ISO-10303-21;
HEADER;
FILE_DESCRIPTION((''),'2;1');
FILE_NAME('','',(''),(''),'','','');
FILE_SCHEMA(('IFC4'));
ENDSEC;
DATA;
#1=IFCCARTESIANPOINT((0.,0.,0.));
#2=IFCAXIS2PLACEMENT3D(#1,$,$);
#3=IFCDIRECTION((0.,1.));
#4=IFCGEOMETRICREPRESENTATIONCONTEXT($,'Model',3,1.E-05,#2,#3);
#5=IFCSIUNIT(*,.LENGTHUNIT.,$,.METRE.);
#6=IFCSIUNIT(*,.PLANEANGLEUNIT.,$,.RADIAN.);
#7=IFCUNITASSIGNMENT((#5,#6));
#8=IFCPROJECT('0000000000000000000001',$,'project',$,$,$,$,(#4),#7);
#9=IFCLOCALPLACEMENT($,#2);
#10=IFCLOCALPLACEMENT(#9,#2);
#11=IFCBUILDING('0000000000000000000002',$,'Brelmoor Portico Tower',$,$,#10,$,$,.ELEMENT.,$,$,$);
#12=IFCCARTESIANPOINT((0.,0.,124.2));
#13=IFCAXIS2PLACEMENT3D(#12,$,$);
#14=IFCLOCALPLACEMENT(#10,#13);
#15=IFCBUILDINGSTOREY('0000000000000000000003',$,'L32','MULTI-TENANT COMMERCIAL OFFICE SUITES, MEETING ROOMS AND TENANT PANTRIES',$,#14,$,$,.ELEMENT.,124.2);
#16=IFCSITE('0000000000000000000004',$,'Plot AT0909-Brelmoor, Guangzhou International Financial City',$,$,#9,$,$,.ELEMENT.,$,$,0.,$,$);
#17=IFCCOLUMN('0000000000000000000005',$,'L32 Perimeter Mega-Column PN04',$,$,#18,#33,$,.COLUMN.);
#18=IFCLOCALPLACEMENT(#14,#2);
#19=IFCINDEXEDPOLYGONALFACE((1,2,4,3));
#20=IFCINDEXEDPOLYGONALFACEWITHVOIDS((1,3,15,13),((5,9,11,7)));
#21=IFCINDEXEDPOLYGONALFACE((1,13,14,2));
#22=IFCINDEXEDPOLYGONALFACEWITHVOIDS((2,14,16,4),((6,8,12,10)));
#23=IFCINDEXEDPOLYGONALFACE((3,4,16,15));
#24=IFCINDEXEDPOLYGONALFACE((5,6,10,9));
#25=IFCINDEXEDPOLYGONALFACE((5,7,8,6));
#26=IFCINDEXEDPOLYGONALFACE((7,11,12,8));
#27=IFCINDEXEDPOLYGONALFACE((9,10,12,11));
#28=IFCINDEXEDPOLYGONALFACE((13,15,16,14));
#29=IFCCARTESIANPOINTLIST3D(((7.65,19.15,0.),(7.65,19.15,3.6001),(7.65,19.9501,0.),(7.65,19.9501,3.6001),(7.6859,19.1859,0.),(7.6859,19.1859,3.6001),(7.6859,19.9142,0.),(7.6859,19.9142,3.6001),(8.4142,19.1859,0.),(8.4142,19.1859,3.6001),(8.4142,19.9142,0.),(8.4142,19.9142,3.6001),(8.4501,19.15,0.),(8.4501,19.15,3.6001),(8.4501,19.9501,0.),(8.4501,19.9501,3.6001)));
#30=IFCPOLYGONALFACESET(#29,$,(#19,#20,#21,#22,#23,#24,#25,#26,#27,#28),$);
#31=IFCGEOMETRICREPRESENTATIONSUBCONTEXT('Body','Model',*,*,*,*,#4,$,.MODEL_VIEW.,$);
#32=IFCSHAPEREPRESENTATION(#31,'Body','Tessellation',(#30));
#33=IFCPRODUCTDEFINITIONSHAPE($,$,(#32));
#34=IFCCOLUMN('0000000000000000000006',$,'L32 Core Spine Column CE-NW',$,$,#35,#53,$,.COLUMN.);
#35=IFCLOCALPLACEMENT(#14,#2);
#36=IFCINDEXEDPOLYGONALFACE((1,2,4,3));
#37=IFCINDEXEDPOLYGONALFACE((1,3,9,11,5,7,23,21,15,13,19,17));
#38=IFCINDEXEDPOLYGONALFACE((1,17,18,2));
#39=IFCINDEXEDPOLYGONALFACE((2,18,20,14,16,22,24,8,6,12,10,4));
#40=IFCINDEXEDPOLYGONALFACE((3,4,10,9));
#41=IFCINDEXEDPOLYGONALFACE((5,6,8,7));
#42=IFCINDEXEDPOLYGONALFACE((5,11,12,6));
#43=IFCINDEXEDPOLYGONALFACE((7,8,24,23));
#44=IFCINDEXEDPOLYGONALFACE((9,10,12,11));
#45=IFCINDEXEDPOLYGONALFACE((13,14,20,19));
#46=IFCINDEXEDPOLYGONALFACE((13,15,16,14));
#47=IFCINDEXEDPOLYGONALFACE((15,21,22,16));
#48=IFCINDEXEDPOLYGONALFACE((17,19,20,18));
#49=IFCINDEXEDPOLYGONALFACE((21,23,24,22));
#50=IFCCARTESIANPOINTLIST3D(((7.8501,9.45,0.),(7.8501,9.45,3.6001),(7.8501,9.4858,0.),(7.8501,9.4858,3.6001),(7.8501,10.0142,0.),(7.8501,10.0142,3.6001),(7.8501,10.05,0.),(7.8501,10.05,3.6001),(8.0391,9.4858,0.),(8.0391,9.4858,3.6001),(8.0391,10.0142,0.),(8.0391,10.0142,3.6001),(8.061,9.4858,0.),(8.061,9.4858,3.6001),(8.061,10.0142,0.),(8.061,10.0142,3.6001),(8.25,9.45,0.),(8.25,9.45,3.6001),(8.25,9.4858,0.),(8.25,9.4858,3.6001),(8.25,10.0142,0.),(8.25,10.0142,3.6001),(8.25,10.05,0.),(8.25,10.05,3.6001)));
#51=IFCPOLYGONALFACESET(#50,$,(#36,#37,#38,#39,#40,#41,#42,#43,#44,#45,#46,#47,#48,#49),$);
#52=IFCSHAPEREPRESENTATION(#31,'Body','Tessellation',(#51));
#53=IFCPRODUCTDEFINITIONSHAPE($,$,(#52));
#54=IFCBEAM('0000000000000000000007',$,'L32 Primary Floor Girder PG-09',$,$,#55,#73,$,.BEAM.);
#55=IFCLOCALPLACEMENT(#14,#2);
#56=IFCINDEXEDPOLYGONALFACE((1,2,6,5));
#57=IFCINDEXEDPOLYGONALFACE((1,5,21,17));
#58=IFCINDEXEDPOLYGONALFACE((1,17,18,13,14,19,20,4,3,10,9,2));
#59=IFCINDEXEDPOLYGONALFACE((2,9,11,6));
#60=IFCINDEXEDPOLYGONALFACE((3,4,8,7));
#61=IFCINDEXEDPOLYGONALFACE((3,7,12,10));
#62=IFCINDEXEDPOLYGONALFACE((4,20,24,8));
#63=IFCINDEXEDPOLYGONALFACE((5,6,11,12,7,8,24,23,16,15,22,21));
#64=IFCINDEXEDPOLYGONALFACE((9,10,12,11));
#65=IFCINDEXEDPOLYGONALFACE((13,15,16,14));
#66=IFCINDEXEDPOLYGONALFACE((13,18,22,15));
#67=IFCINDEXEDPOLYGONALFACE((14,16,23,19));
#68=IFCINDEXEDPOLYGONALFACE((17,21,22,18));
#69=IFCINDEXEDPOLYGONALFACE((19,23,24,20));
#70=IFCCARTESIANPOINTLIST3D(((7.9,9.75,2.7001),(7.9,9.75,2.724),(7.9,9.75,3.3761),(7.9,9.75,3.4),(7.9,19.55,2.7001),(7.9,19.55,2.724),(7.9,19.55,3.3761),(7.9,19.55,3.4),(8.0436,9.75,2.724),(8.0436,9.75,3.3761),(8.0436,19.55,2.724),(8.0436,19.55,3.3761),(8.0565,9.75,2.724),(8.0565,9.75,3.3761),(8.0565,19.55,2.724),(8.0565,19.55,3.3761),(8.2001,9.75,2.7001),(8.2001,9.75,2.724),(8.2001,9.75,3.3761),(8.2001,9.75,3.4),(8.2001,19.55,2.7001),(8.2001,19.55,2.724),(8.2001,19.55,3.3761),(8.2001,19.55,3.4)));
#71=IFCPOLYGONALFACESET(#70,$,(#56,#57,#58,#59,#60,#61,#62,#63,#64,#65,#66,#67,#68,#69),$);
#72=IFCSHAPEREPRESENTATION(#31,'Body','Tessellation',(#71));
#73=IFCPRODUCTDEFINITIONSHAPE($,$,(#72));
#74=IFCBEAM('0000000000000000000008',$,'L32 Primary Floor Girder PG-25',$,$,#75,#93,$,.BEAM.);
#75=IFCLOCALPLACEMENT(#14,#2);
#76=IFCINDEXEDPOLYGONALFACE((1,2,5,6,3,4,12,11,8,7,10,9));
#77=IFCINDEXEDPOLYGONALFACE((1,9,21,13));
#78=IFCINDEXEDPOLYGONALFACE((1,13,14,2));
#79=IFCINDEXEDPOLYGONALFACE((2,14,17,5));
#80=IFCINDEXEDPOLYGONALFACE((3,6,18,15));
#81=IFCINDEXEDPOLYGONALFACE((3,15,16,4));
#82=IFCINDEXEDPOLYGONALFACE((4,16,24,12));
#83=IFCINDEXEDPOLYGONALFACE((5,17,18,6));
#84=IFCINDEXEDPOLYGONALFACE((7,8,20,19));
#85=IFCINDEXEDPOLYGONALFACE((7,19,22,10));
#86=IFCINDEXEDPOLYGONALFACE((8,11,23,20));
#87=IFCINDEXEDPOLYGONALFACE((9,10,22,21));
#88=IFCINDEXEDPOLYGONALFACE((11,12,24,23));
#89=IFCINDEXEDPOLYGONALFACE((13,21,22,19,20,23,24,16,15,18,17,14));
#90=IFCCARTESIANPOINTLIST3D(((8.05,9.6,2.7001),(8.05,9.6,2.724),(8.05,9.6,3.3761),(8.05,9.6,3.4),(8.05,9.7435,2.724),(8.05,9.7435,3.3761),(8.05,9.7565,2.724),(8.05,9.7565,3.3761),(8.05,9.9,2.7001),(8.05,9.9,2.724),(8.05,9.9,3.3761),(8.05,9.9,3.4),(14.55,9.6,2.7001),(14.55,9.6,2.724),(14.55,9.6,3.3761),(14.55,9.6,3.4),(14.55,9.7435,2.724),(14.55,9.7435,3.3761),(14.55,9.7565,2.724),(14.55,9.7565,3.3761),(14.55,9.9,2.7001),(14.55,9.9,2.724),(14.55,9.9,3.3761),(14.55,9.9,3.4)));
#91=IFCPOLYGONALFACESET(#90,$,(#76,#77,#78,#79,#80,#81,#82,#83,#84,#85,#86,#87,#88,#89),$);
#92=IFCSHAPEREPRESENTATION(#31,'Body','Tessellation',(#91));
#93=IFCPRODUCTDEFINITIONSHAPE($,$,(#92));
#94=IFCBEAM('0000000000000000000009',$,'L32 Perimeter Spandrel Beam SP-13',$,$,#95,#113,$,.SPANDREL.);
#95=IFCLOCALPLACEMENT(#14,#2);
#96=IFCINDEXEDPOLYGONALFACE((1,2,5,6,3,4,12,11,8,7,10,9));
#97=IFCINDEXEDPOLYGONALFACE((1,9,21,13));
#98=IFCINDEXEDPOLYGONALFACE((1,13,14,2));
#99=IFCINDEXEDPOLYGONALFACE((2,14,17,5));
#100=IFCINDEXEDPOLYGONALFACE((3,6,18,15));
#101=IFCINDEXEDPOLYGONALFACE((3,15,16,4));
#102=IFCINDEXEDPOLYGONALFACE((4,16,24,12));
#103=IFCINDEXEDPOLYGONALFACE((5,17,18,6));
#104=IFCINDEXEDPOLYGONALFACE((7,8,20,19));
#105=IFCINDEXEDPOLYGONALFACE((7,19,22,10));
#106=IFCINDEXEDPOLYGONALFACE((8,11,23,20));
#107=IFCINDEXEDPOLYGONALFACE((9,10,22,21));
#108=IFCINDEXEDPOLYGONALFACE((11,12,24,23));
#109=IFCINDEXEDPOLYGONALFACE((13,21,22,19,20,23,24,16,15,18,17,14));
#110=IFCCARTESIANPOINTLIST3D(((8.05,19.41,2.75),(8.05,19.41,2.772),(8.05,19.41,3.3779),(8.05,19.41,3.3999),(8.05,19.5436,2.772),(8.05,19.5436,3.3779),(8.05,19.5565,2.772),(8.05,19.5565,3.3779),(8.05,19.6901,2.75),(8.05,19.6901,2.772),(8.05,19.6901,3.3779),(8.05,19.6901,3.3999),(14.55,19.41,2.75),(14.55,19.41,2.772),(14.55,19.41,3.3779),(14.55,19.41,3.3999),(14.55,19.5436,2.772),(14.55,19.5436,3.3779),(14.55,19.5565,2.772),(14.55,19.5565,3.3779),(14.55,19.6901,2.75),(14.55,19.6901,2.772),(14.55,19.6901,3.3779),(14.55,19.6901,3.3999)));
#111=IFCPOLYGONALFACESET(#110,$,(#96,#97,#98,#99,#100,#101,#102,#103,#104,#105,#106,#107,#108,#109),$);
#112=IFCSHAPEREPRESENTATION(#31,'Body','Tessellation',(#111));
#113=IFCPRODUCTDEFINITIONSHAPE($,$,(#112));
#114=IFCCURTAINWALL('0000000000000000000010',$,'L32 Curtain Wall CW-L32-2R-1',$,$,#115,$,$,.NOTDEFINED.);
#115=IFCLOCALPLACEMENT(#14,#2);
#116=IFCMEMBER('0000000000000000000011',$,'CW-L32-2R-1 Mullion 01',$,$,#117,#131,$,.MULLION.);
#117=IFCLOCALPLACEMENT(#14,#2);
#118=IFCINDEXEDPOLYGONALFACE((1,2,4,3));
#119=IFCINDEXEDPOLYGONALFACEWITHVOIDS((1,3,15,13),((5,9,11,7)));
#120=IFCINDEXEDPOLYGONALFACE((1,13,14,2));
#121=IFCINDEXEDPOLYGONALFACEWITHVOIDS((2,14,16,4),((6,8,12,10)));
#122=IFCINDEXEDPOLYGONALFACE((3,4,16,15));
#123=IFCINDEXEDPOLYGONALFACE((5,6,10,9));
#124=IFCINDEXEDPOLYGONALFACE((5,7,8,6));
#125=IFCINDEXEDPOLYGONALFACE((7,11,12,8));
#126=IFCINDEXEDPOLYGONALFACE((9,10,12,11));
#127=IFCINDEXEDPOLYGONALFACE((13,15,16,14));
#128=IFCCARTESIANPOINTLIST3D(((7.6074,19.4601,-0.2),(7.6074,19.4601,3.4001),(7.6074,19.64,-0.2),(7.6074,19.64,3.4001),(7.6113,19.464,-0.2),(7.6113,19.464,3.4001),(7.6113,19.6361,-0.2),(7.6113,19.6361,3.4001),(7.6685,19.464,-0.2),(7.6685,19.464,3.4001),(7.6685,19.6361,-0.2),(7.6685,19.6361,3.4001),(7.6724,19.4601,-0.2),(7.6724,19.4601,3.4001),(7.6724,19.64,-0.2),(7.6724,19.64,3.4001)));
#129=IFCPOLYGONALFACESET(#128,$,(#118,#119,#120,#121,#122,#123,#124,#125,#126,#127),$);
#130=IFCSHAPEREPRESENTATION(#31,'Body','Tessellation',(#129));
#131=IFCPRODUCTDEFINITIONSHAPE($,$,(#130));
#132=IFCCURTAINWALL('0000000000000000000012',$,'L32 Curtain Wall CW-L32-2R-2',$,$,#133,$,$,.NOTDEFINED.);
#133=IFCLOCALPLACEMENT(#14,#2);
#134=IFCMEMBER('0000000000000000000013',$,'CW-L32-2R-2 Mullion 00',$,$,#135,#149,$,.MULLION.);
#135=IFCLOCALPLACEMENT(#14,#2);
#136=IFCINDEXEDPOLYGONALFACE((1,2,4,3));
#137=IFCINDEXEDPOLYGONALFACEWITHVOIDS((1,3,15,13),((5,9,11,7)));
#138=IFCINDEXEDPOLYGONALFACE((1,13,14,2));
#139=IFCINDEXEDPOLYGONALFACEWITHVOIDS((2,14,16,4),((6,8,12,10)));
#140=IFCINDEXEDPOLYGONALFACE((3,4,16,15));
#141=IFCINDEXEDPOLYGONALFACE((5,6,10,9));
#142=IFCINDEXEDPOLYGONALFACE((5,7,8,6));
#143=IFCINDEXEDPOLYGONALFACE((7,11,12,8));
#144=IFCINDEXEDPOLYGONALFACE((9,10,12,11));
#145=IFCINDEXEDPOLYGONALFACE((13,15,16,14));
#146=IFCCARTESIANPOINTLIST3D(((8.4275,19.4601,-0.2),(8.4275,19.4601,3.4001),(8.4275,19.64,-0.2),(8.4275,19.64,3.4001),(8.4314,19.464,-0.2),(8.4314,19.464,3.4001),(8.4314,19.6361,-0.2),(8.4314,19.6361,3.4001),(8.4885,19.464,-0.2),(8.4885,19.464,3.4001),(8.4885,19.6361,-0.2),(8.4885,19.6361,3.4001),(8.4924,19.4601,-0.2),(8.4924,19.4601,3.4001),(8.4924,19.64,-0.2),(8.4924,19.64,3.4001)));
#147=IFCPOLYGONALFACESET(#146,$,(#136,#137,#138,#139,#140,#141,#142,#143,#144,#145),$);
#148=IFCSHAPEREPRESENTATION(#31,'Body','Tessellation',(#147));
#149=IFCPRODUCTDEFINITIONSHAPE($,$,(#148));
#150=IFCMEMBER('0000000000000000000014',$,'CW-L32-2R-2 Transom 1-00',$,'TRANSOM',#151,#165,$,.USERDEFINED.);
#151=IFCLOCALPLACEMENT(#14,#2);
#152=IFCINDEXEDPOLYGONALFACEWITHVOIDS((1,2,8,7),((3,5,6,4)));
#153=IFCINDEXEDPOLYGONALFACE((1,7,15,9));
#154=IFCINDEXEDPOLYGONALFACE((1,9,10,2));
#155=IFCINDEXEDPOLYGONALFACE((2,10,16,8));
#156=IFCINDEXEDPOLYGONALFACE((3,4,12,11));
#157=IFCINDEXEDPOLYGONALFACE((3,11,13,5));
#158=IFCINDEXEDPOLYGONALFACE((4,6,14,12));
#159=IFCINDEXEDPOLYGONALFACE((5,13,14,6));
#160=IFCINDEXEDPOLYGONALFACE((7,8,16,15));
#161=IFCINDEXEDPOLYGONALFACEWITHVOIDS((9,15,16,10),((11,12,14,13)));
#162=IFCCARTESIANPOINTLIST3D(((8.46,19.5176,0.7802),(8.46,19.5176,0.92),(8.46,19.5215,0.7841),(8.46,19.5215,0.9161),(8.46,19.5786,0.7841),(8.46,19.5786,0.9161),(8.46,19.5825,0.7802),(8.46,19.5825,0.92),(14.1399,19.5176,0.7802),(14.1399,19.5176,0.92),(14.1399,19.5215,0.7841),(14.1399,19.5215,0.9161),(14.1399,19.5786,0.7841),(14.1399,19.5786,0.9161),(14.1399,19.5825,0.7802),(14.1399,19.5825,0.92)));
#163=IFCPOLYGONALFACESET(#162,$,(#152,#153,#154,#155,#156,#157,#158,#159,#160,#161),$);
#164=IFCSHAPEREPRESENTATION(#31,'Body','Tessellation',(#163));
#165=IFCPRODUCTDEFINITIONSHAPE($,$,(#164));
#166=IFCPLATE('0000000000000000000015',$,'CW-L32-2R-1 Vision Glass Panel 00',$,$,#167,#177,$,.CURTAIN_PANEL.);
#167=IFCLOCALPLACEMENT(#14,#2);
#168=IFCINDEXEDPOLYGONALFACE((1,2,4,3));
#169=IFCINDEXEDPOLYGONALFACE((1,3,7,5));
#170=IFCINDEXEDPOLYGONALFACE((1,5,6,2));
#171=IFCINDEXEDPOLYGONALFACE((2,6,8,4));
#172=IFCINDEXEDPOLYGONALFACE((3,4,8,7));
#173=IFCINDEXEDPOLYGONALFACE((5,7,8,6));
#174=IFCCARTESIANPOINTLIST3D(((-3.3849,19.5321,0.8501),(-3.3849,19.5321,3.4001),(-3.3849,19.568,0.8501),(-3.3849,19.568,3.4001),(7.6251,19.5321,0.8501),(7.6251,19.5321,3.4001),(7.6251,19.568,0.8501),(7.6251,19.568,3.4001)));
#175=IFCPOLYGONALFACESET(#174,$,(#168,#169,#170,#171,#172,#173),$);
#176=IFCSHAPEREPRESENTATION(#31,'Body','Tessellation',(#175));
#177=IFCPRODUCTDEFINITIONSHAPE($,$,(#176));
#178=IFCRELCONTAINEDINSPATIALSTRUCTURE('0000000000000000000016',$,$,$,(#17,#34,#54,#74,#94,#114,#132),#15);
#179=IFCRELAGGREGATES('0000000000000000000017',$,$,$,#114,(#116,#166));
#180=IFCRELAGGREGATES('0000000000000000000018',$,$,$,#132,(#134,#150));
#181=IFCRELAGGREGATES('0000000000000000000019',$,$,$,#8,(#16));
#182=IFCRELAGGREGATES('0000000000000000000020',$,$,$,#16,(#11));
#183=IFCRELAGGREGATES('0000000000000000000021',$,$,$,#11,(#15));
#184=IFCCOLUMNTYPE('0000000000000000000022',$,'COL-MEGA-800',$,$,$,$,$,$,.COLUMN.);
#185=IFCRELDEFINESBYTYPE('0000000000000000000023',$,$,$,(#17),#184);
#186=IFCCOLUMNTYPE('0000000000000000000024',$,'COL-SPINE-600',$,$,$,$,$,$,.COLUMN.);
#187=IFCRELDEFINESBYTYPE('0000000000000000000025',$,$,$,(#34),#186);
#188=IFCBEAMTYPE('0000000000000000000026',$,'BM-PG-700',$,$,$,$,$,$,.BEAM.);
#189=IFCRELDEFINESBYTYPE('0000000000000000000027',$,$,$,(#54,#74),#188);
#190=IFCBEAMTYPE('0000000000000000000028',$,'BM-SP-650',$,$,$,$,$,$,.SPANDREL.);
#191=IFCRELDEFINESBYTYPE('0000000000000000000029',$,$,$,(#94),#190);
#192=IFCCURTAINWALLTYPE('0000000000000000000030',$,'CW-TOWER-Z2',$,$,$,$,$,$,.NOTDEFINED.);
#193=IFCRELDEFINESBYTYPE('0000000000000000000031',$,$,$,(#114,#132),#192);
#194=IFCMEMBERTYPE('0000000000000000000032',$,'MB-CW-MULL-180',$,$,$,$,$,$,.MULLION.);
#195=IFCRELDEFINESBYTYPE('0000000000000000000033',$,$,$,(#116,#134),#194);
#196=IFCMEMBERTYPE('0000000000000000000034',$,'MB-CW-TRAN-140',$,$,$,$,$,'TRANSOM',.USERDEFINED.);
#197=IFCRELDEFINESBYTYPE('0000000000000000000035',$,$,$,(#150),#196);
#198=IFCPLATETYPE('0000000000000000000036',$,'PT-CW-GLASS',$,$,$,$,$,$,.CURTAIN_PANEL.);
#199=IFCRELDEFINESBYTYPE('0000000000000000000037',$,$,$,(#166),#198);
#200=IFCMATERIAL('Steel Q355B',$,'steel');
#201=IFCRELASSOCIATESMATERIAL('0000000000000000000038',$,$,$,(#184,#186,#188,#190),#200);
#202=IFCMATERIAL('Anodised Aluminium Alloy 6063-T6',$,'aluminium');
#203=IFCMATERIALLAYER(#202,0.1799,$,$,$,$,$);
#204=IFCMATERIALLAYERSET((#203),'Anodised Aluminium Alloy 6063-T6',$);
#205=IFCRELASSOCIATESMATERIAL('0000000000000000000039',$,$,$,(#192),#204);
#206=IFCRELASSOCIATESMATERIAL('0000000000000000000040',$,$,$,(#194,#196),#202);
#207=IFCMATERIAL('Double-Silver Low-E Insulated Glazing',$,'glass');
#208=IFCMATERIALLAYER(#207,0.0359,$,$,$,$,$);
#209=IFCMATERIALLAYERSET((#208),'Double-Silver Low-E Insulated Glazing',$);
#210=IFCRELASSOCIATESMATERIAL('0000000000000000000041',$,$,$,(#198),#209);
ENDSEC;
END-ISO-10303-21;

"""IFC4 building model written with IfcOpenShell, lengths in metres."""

from ifc_helpers import new_model, si_unit, direction, frame, origin, origin_2d, place, context, subcontext, project, spatial, rectangle, hollow_rectangle, i_section, extrude, material, layer, layer_set, material_profile, profile_set, type_object, element, aggregate, save


model = new_model("IFC4")

# Units and contexts
model_context = context("Model", 3, precision=1e-05, world=origin(), true_north=direction((0.0, 1.0)))
body_context = subcontext(model_context, "Body", "Model", "MODEL_VIEW")
ifc_project = project(units=[si_unit("LENGTHUNIT", "METRE"), si_unit("PLANEANGLEUNIT", "RADIAN")], contexts=[model_context])

# Site, building, storey
site_placement = place(None, origin())
site = spatial("IfcSite", under=ifc_project, at=site_placement, Name="Plot AT0909-Brelmoor, Guangzhou International Financial City", CompositionType="ELEMENT", RefElevation=0.0)
building_placement = place(site_placement, origin())
building = spatial("IfcBuilding", under=site, at=building_placement, Name="Brelmoor Portico Tower", CompositionType="ELEMENT")
storey_placement = place(building_placement, frame((0.0, 0.0, 124.2)))
storey = spatial("IfcBuildingStorey", under=building, at=storey_placement, Name="L32", Description="MULTI-TENANT COMMERCIAL OFFICE SUITES, MEETING ROOMS AND TENANT PANTRIES", CompositionType="ELEMENT", Elevation=124.2)

# Columns
ifc_material_1 = material(Name="Steel Q355B", Category="steel")
ifc_material_profile_1 = material_profile(ifc_material_1, hollow_rectangle(XDim=0.8, YDim=0.8, WallThickness=0.0359, at=origin_2d()), Name="BOX 800x800x36")
ifc_profile_set_1 = profile_set([ifc_material_profile_1], Name="Steel Q355B")
column_type_1 = type_object("IfcColumnType", Name="COL-MEGA-800", PredefinedType="COLUMN", material=ifc_profile_set_1)
column_1_placement = place(storey_placement, frame((8.05, 19.55, 0.0), z_axis=(0.0, 0.0, 1.0), x_axis=(1.0, 0.0, 0.0)))
element("IfcColumn", 1, at=column_1_placement, inside=storey, type_object=column_type_1, Name="L32 Perimeter Mega-Column PN04", PredefinedType="COLUMN", context=body_context, shape_type="SweptSolid", body=[
    extrude(hollow_rectangle(XDim=0.8, YDim=0.8, WallThickness=0.0359, at=origin_2d()), origin(), (0.0, 0.0, 1.0), 3.6001),
])
ifc_material_profile_2 = material_profile(ifc_material_1, i_section(OverallWidth=0.3999, OverallDepth=0.6001, WebThickness=0.022, FlangeThickness=0.0359, at=origin_2d()), Name="HW 600x400x22x36")
ifc_profile_set_2 = profile_set([ifc_material_profile_2], Name="Steel Q355B")
column_type_2 = type_object("IfcColumnType", Name="COL-SPINE-600", PredefinedType="COLUMN", material=ifc_profile_set_2)
column_2_placement = place(storey_placement, frame((8.05, 9.75, 0.0), z_axis=(0.0, 0.0, 1.0), x_axis=(1.0, 0.0, 0.0)))
element("IfcColumn", 2, at=column_2_placement, inside=storey, type_object=column_type_2, Name="L32 Core Spine Column CE-NW", PredefinedType="COLUMN", context=body_context, shape_type="SweptSolid", body=[
    extrude(i_section(OverallWidth=0.3999, OverallDepth=0.6001, WebThickness=0.022, FlangeThickness=0.0359, at=origin_2d()), origin(), (0.0, 0.0, 1.0), 3.6001),
])

# Beams
ifc_material_profile_3 = material_profile(ifc_material_1, i_section(OverallWidth=0.3, OverallDepth=0.7, WebThickness=0.0129, FlangeThickness=0.0239, at=origin_2d()), Name="HN 700x300x13x24")
ifc_profile_set_3 = profile_set([ifc_material_profile_3], Name="Steel Q355B")
beam_type_1 = type_object("IfcBeamType", Name="BM-PG-700", PredefinedType="BEAM", material=ifc_profile_set_3)
beam_1_placement = place(storey_placement, frame((8.05, 9.75, 3.05), z_axis=(0.0, 1.0, 0.0), x_axis=(-1.0, 0.0, 0.0)))
element("IfcBeam", 3, at=beam_1_placement, inside=storey, type_object=beam_type_1, Name="L32 Primary Floor Girder PG-09", PredefinedType="BEAM", context=body_context, shape_type="SweptSolid", body=[
    extrude(i_section(OverallWidth=0.3, OverallDepth=0.7, WebThickness=0.0129, FlangeThickness=0.0239, at=origin_2d()), origin(), (0.0, 0.0, 1.0), 9.8),
])
beam_2_placement = place(storey_placement, frame((8.05, 9.75, 3.05), z_axis=(1.0, 0.0, 0.0), x_axis=(0.0, 1.0, 0.0)))
element("IfcBeam", 4, at=beam_2_placement, inside=storey, type_object=beam_type_1, Name="L32 Primary Floor Girder PG-25", PredefinedType="BEAM", context=body_context, shape_type="SweptSolid", body=[
    extrude(i_section(OverallWidth=0.3, OverallDepth=0.7, WebThickness=0.0129, FlangeThickness=0.0239, at=origin_2d()), origin(), (0.0, 0.0, 1.0), 6.5),
])
ifc_material_profile_4 = material_profile(ifc_material_1, i_section(OverallWidth=0.28, OverallDepth=0.6499, WebThickness=0.0129, FlangeThickness=0.022, at=origin_2d()), Name="HN 650x280x13x22")
ifc_profile_set_4 = profile_set([ifc_material_profile_4], Name="Steel Q355B")
beam_type_2 = type_object("IfcBeamType", Name="BM-SP-650", PredefinedType="SPANDREL", material=ifc_profile_set_4)
beam_3_placement = place(storey_placement, frame((8.05, 19.55, 3.075), z_axis=(1.0, 0.0, 0.0), x_axis=(0.0, 1.0, 0.0)))
element("IfcBeam", 5, at=beam_3_placement, inside=storey, type_object=beam_type_2, Name="L32 Perimeter Spandrel Beam SP-13", PredefinedType="SPANDREL", context=body_context, shape_type="SweptSolid", body=[
    extrude(i_section(OverallWidth=0.28, OverallDepth=0.6499, WebThickness=0.0129, FlangeThickness=0.022, at=origin_2d()), origin(), (0.0, 0.0, 1.0), 6.5),
])

# Curtain wall, member
ifc_material_2 = material(Name="Anodised Aluminium Alloy 6063-T6", Category="aluminium")
ifc_layer_1 = layer(ifc_material_2, 0.1799)
ifc_layer_set_1 = layer_set([ifc_layer_1], Name="Anodised Aluminium Alloy 6063-T6")
curtain_wall_type = type_object("IfcCurtainWallType", Name="CW-TOWER-Z2", PredefinedType="NOTDEFINED", material=ifc_layer_set_1)
curtain_wall_1_placement = place(storey_placement, origin())
curtain_wall_1 = element("IfcCurtainWall", 6, at=curtain_wall_1_placement, inside=storey, type_object=curtain_wall_type, Name="L32 Curtain Wall CW-L32-2R-1", PredefinedType="NOTDEFINED")
ifc_material_profile_5 = material_profile(ifc_material_2, hollow_rectangle(XDim=0.0649, YDim=0.1799, WallThickness=0.0039, at=origin_2d()), Name="ALU MULLION 65x180")
ifc_profile_set_5 = profile_set([ifc_material_profile_5], Name="Anodised Aluminium Alloy 6063-T6")
member_type_1 = type_object("IfcMemberType", Name="MB-CW-MULL-180", PredefinedType="MULLION", material=ifc_profile_set_5)
member_1_placement = place(storey_placement, frame((7.6399, 19.55, -0.2), z_axis=(0.0, 0.0, 1.0), x_axis=(1.0, 0.0, 0.0)))
member_1 = element("IfcMember", 7, at=member_1_placement, type_object=member_type_1, Name="CW-L32-2R-1 Mullion 01", PredefinedType="MULLION", context=body_context, shape_type="SweptSolid", body=[
    extrude(hollow_rectangle(XDim=0.0649, YDim=0.1799, WallThickness=0.0039, at=origin_2d()), origin(), (0.0, 0.0, 1.0), 3.6001),
])

# Curtain wall, members
curtain_wall_2_placement = place(storey_placement, origin())
curtain_wall_2 = element("IfcCurtainWall", 8, at=curtain_wall_2_placement, inside=storey, type_object=curtain_wall_type, Name="L32 Curtain Wall CW-L32-2R-2", PredefinedType="NOTDEFINED")
member_2_placement = place(storey_placement, frame((8.46, 19.55, -0.2), z_axis=(0.0, 0.0, 1.0), x_axis=(1.0, 0.0, 0.0)))
member_2 = element("IfcMember", 9, at=member_2_placement, type_object=member_type_1, Name="CW-L32-2R-2 Mullion 00", PredefinedType="MULLION", context=body_context, shape_type="SweptSolid", body=[
    extrude(hollow_rectangle(XDim=0.0649, YDim=0.1799, WallThickness=0.0039, at=origin_2d()), origin(), (0.0, 0.0, 1.0), 3.6001),
])
ifc_material_profile_6 = material_profile(ifc_material_2, hollow_rectangle(XDim=0.0649, YDim=0.1399, WallThickness=0.0039, at=origin_2d()), Name="ALU TRANSOM 65x140")
ifc_profile_set_6 = profile_set([ifc_material_profile_6], Name="Anodised Aluminium Alloy 6063-T6")
member_type_2 = type_object("IfcMemberType", Name="MB-CW-TRAN-140", ElementType="TRANSOM", PredefinedType="USERDEFINED", material=ifc_profile_set_6)
member_3_placement = place(storey_placement, frame((8.46, 19.55, 0.8501), z_axis=(1.0, 0.0, 0.0), x_axis=(0.0, 1.0, 0.0)))
member_3 = element("IfcMember", 10, at=member_3_placement, type_object=member_type_2, Name="CW-L32-2R-2 Transom 1-00", ObjectType="TRANSOM", PredefinedType="USERDEFINED", context=body_context, shape_type="SweptSolid", body=[
    extrude(hollow_rectangle(XDim=0.0649, YDim=0.1399, WallThickness=0.0039, at=origin_2d()), origin(), (0.0, 0.0, 1.0), 5.6799),
])

# Plate
ifc_material_3 = material(Name="Double-Silver Low-E Insulated Glazing", Category="glass")
ifc_layer_2 = layer(ifc_material_3, 0.0359)
ifc_layer_set_2 = layer_set([ifc_layer_2], Name="Double-Silver Low-E Insulated Glazing")
plate_type_1 = type_object("IfcPlateType", Name="PT-CW-GLASS", PredefinedType="CURTAIN_PANEL", material=ifc_layer_set_2)
plate_1_placement = place(storey_placement, frame((2.1201, 19.55, 0.8501), z_axis=(0.0, 0.0, 1.0), x_axis=(1.0, 0.0, 0.0)))
plate_1 = element("IfcPlate", 11, at=plate_1_placement, type_object=plate_type_1, Name="CW-L32-2R-1 Vision Glass Panel 00", PredefinedType="CURTAIN_PANEL", context=body_context, shape_type="SweptSolid", body=[
    extrude(rectangle(XDim=11.01, YDim=0.0359, at=origin_2d()), origin(), (0.0, 0.0, 1.0), 2.55),
])
aggregate(curtain_wall_1, [member_1, plate_1])
aggregate(curtain_wall_2, [member_2, member_3])

save(model, "model.ifc")
